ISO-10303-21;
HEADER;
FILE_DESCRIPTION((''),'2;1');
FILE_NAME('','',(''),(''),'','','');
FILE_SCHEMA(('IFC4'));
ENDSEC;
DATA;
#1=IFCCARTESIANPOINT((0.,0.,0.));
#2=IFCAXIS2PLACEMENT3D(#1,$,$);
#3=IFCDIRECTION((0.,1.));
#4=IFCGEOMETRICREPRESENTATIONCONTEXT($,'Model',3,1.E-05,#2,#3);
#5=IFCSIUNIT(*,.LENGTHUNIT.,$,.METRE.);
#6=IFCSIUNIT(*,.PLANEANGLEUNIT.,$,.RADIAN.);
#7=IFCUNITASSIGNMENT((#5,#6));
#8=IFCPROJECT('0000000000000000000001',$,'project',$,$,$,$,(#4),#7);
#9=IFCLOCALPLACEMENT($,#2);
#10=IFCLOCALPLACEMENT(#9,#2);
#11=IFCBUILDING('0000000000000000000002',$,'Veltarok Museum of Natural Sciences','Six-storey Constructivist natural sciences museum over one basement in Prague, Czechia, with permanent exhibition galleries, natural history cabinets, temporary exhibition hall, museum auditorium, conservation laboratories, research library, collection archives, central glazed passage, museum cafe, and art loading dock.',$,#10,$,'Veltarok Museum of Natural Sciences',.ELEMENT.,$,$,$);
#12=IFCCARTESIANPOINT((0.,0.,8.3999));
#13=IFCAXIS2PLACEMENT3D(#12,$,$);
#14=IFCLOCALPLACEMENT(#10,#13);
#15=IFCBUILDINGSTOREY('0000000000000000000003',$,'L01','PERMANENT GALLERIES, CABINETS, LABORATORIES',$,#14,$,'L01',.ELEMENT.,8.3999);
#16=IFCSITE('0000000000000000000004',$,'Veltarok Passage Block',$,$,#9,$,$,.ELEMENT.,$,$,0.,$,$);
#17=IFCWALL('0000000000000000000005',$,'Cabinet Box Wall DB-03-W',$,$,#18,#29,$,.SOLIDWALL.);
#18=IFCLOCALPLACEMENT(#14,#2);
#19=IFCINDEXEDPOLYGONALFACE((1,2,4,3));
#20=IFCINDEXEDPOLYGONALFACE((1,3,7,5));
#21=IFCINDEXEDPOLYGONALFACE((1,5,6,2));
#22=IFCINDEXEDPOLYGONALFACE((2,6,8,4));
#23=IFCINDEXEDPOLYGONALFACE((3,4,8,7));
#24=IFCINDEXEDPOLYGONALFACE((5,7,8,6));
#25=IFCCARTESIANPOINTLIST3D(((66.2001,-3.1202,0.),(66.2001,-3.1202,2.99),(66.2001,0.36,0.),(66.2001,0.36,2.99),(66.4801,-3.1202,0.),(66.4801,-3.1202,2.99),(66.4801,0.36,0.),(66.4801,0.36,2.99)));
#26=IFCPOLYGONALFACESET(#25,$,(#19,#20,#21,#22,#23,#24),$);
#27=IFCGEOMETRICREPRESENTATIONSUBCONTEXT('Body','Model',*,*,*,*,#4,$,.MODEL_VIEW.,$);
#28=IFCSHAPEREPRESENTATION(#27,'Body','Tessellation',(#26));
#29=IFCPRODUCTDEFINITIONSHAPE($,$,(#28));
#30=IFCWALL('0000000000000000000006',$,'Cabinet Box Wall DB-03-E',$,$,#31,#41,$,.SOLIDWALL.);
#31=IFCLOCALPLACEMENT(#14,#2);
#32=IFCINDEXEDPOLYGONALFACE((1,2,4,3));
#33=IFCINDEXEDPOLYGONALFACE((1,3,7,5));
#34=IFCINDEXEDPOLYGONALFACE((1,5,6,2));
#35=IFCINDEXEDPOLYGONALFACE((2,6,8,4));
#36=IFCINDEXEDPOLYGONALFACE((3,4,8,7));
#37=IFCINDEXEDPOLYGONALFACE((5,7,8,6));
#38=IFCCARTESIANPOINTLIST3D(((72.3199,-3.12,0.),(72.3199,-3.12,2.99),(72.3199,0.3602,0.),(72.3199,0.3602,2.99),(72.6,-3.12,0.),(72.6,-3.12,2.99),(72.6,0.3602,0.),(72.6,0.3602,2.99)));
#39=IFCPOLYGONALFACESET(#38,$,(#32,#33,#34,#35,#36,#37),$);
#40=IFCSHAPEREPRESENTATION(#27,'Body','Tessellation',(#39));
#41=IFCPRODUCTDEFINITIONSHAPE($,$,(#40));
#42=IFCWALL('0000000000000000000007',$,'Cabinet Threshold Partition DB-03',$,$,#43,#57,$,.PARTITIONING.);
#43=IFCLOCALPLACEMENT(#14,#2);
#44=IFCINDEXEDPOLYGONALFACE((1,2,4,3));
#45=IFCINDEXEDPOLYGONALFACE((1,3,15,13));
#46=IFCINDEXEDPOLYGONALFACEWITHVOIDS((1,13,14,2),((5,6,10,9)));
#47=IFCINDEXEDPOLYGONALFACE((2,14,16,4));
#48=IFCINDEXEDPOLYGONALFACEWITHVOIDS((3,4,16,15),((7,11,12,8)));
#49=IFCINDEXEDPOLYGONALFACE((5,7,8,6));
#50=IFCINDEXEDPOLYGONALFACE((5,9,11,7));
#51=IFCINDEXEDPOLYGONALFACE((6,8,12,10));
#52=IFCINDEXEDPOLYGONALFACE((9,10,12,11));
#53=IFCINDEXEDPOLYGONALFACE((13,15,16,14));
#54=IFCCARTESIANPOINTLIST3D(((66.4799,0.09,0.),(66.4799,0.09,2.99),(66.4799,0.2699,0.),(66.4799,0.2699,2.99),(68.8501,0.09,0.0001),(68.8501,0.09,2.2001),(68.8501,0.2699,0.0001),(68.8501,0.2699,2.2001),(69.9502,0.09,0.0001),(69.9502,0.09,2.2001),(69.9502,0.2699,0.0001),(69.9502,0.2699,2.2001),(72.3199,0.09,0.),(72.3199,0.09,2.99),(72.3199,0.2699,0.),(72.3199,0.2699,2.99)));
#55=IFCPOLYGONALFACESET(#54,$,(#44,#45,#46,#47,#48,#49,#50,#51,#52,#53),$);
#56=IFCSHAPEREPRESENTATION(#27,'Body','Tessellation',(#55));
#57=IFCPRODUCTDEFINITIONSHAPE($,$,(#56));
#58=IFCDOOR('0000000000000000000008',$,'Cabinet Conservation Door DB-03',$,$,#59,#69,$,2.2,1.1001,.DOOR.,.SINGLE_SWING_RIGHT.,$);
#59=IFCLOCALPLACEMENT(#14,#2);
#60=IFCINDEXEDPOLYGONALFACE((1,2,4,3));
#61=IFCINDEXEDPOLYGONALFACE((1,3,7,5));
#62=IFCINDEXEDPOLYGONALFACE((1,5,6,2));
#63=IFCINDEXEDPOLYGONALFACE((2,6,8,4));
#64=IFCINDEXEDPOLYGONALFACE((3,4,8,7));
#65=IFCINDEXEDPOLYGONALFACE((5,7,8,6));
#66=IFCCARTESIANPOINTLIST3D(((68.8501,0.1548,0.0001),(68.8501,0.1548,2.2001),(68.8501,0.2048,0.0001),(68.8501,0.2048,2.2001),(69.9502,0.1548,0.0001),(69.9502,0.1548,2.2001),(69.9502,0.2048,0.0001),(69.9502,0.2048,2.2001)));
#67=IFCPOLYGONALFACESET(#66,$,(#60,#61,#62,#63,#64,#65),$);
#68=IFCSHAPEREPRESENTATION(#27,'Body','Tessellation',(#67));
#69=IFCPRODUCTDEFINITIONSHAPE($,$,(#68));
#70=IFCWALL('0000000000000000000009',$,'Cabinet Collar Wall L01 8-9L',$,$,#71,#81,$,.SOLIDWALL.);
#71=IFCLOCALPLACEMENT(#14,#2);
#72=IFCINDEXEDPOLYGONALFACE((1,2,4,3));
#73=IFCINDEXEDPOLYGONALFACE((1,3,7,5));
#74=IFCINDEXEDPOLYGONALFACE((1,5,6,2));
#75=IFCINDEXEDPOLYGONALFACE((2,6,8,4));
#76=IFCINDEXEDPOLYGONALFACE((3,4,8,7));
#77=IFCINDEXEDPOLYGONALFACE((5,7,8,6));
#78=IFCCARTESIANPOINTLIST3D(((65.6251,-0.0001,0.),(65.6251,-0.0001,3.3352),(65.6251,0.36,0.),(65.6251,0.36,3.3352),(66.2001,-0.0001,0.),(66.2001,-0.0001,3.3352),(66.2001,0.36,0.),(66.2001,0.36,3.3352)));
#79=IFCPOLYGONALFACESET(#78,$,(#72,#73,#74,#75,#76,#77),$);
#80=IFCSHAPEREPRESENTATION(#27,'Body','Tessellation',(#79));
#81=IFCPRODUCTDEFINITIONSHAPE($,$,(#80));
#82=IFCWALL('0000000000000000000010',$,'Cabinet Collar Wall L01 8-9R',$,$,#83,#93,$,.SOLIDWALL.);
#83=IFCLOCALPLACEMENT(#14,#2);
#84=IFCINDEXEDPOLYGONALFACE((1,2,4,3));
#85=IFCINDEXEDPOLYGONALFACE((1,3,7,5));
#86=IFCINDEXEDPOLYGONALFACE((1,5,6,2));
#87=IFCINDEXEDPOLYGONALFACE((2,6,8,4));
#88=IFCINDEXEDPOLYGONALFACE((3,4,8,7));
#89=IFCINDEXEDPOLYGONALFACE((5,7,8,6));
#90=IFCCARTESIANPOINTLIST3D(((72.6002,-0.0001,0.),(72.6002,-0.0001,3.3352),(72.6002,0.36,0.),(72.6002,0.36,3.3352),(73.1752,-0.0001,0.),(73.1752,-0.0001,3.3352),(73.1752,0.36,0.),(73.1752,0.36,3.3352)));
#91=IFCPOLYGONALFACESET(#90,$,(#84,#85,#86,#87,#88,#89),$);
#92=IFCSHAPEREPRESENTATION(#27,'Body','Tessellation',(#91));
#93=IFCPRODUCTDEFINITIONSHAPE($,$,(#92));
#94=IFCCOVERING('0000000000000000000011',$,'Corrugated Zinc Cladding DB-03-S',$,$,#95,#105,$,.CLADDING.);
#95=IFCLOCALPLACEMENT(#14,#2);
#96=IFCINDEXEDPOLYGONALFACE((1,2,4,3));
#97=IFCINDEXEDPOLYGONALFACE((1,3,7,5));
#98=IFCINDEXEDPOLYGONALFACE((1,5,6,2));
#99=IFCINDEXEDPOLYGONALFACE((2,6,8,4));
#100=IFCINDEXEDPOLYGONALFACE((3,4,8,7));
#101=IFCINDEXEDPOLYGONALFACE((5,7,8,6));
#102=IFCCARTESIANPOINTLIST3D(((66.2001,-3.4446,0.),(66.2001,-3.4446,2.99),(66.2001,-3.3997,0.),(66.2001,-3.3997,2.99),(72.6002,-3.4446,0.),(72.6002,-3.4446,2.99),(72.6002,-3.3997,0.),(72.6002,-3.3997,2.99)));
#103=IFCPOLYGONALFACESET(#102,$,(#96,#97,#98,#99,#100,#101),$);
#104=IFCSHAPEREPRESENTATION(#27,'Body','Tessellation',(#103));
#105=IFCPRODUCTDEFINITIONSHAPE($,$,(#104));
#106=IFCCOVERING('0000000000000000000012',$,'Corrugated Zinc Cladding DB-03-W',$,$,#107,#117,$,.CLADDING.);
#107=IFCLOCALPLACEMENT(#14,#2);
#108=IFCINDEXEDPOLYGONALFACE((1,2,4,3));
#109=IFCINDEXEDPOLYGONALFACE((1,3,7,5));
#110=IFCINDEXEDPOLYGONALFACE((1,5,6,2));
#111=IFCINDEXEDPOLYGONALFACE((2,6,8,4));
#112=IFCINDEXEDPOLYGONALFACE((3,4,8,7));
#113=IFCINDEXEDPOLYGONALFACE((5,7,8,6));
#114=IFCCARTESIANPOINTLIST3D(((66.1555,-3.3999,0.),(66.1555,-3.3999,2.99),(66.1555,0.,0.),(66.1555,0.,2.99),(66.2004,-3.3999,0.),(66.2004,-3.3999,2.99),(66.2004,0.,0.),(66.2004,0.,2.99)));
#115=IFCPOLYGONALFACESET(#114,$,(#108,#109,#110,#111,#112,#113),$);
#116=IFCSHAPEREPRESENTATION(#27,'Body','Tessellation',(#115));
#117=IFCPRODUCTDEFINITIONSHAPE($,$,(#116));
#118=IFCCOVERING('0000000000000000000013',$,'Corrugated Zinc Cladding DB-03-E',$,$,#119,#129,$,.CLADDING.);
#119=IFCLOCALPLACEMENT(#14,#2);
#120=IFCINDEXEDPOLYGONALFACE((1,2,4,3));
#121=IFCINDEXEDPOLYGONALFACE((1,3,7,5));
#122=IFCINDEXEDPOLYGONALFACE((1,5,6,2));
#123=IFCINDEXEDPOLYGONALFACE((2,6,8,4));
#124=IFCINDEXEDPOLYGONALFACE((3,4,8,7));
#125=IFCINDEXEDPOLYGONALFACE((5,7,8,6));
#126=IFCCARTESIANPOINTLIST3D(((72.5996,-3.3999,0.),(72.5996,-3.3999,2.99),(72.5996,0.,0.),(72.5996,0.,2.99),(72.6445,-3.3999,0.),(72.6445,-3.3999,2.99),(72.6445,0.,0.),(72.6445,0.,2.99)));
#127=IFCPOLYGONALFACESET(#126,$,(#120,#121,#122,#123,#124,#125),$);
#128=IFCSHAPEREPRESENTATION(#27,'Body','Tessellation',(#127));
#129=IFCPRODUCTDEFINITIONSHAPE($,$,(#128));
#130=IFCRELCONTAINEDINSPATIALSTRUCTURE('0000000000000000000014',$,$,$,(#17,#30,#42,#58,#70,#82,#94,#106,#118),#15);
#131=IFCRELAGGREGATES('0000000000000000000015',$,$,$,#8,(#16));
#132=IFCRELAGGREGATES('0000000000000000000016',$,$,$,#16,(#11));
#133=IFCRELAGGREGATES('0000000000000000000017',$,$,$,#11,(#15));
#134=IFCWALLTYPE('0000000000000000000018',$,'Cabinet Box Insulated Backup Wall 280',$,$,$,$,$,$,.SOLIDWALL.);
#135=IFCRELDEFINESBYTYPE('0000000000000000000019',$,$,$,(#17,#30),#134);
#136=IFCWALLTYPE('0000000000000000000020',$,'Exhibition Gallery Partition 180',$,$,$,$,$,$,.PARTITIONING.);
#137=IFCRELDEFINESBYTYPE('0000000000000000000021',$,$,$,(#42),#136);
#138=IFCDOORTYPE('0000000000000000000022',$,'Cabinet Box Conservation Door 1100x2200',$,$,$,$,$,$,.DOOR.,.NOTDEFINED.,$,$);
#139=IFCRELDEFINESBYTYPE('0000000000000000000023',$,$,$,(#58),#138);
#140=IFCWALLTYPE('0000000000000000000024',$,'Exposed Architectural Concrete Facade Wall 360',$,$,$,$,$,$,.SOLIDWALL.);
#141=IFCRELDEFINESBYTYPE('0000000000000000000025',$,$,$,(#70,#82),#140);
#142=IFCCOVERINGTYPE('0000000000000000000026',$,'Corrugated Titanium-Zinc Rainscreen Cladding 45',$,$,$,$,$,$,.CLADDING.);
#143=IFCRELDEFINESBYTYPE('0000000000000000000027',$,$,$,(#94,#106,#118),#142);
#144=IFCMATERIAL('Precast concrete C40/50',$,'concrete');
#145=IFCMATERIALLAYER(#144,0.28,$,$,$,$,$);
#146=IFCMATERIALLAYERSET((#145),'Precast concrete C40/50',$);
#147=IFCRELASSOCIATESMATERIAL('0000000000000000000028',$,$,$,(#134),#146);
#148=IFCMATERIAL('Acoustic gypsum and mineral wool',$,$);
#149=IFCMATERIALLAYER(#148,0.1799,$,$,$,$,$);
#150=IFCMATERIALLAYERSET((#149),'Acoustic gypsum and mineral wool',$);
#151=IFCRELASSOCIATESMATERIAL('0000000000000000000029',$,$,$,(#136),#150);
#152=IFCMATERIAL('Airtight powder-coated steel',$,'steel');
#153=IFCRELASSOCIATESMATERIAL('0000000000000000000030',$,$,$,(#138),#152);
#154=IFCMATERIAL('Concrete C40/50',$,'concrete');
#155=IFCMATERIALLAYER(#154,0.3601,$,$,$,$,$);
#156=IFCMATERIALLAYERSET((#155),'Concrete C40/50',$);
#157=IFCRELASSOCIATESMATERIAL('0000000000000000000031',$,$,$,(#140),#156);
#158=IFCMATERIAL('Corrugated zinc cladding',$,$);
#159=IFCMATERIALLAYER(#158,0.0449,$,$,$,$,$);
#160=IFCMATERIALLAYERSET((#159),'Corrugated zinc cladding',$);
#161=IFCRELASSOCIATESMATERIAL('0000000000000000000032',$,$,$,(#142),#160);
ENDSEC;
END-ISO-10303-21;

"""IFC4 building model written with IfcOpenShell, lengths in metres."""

from ifc_helpers import new_model, si_unit, direction, frame, frame_2d, origin, place, context, subcontext, project, spatial, rectangle, extrude, material, layer, layer_set, type_object, element, fill, save


model = new_model("IFC4")

# Units and contexts
model_context = context("Model", 3, precision=1e-05, world=origin(), true_north=direction((0.0, 1.0)))
body_context = subcontext(model_context, "Body", "Model", "MODEL_VIEW")
ifc_project = project(units=[si_unit("LENGTHUNIT", "METRE"), si_unit("PLANEANGLEUNIT", "RADIAN")], contexts=[model_context])

# Site, building, storey
site_placement = place(None, origin())
site = spatial("IfcSite", under=ifc_project, at=site_placement, Name="Veltarok Passage Block", CompositionType="ELEMENT", RefElevation=0.0)
building_placement = place(site_placement, origin())
building = spatial("IfcBuilding", under=site, at=building_placement, Name="Veltarok Museum of Natural Sciences", Description="Six-storey Constructivist natural sciences museum over one basement in Prague, Czechia, with permanent exhibition galleries, natural history cabinets, temporary exhibition hall, museum auditorium, conservation laboratories, research library, collection archives, central glazed passage, museum cafe, and art loading dock.", LongName="Veltarok Museum of Natural Sciences", CompositionType="ELEMENT")
storey_placement = place(building_placement, frame((0.0, 0.0, 8.3999)))
storey = spatial("IfcBuildingStorey", under=building, at=storey_placement, Name="L01", Description="PERMANENT GALLERIES, CABINETS, LABORATORIES", LongName="L01", CompositionType="ELEMENT", Elevation=8.3999)

# Shared definitions
ifc_material_1 = material(Name="Concrete C40/50", Category="concrete")

# Walls
ifc_material_2 = material(Name="Precast concrete C40/50", Category="concrete")
ifc_layer_1 = layer(ifc_material_2, 0.28)
ifc_layer_set_1 = layer_set([ifc_layer_1], Name="Precast concrete C40/50")
wall_type_1 = type_object("IfcWallType", Name="Cabinet Box Insulated Backup Wall 280", PredefinedType="SOLIDWALL", material=ifc_layer_set_1)
for number, where, z_axis, x_axis, name in (
    (1, (66.3401, 0.3601, 0.0), (0.0, 0.0, 1.0), (0.0, -1.0, 0.0), "Cabinet Box Wall DB-03-W"),
    (2, (72.46, -3.1201, 0.0), (0.0, 0.0, 1.0), (0.0, 1.0, 0.0), "Cabinet Box Wall DB-03-E"),
):
    element("IfcWall", number, at=place(storey_placement, frame(where, z_axis=z_axis, x_axis=x_axis)), inside=storey, type_object=wall_type_1, Name=name, PredefinedType="SOLIDWALL", context=body_context, shape_type="SweptSolid", body=[
        extrude(rectangle(XDim=3.4802, YDim=0.28, at=frame_2d((1.7402, 0.0))), origin(), (0.0, 0.0, 1.0), 2.99),
    ])

# Wall, opening, door
ifc_material_3 = material(Name="Acoustic gypsum and mineral wool")
ifc_layer_2 = layer(ifc_material_3, 0.1799)
ifc_layer_set_2 = layer_set([ifc_layer_2], Name="Acoustic gypsum and mineral wool")
wall_type_2 = type_object("IfcWallType", Name="Exhibition Gallery Partition 180", PredefinedType="PARTITIONING", material=ifc_layer_set_2)
wall_1_placement = place(storey_placement, frame((66.48, 0.1799, 0.0), z_axis=(0.0, 0.0, 1.0), x_axis=(1.0, 0.0, 0.0)))
wall_1 = element("IfcWall", 3, at=wall_1_placement, inside=storey, type_object=wall_type_2, Name="Cabinet Threshold Partition DB-03", PredefinedType="PARTITIONING", context=body_context, shape_type="SweptSolid", body=[
    extrude(rectangle(XDim=5.8401, YDim=0.1799, at=frame_2d((2.9199, 0.0))), origin(), (0.0, 0.0, 1.0), 2.99),
])
opening_placement = place(wall_1_placement, frame((2.3701, 0.0, 0.0)))
opening = element("IfcOpeningElement", 4, at=opening_placement, cuts=wall_1, PredefinedType="OPENING", context=body_context, shape_type="SweptSolid", body=[
    extrude(rectangle(XDim=1.1001, YDim=2.2, at=frame_2d((0.55, 1.1001))), frame((0.0, 0.1001, 0.0), z_axis=(0.0, -1.0, 0.0), x_axis=(1.0, 0.0, 0.0)), (0.0, 0.0, 1.0), 0.2),
])
ifc_material_4 = material(Name="Airtight powder-coated steel", Category="steel")
door_type = type_object("IfcDoorType", Name="Cabinet Box Conservation Door 1100x2200", OperationType="NOTDEFINED", PredefinedType="DOOR", material=ifc_material_4)
door_placement = place(opening_placement, origin())
door = element("IfcDoor", 5, at=door_placement, inside=storey, type_object=door_type, Name="Cabinet Conservation Door DB-03", OperationType="SINGLE_SWING_RIGHT", OverallHeight=2.2, OverallWidth=1.1001, PredefinedType="DOOR", context=body_context, shape_type="SweptSolid", body=[
    extrude(rectangle(XDim=1.1001, YDim=2.2, at=frame_2d((0.55, 1.1001))), frame((0.0, 0.0249, 0.0), z_axis=(0.0, -1.0, 0.0), x_axis=(1.0, 0.0, 0.0)), (0.0, 0.0, 1.0), 0.05),
])
fill(opening, door)

# Walls
ifc_layer_3 = layer(ifc_material_1, 0.3601)
ifc_layer_set_3 = layer_set([ifc_layer_3], Name="Concrete C40/50")
wall_type_3 = type_object("IfcWallType", Name="Exposed Architectural Concrete Facade Wall 360", PredefinedType="SOLIDWALL", material=ifc_layer_set_3)
for number, where, z_axis, x_axis, name in (
    (6, (65.625, 0.1799, 0.0), (0.0, 0.0, 1.0), (1.0, 0.0, 0.0), "Cabinet Collar Wall L01 8-9L"),
    (7, (72.6001, 0.1799, 0.0), (0.0, 0.0, 1.0), (1.0, 0.0, 0.0), "Cabinet Collar Wall L01 8-9R"),
):
    element("IfcWall", number, at=place(storey_placement, frame(where, z_axis=z_axis, x_axis=x_axis)), inside=storey, type_object=wall_type_3, Name=name, PredefinedType="SOLIDWALL", context=body_context, shape_type="SweptSolid", body=[
        extrude(rectangle(XDim=0.575, YDim=0.3601, at=frame_2d((0.2876, 0.0))), origin(), (0.0, 0.0, 1.0), 3.3352),
    ])

# Coverings
ifc_material_5 = material(Name="Corrugated zinc cladding")
ifc_layer_4 = layer(ifc_material_5, 0.0449)
ifc_layer_set_4 = layer_set([ifc_layer_4], Name="Corrugated zinc cladding")
covering_type = type_object("IfcCoveringType", Name="Corrugated Titanium-Zinc Rainscreen Cladding 45", PredefinedType="CLADDING", material=ifc_layer_set_4)
covering_placement = place(storey_placement, frame((66.2, -3.4221, 0.0), z_axis=(0.0, 0.0, 1.0), x_axis=(1.0, 0.0, 0.0)))
element("IfcCovering", 8, at=covering_placement, inside=storey, type_object=covering_type, Name="Corrugated Zinc Cladding DB-03-S", PredefinedType="CLADDING", context=body_context, shape_type="SweptSolid", body=[
    extrude(rectangle(XDim=6.4001, YDim=0.0449, at=frame_2d((3.2002, 0.0))), origin(), (0.0, 0.0, 1.0), 2.99),
])
for number, where, z_axis, x_axis, name in (
    (9, (66.178, 0.0, 0.0), (0.0, 0.0, 1.0), (0.0, -1.0, 0.0), "Corrugated Zinc Cladding DB-03-W"),
    (10, (72.6221, -3.3999, 0.0), (0.0, 0.0, 1.0), (0.0, 1.0, 0.0), "Corrugated Zinc Cladding DB-03-E"),
):
    element("IfcCovering", number, at=place(storey_placement, frame(where, z_axis=z_axis, x_axis=x_axis)), inside=storey, type_object=covering_type, Name=name, PredefinedType="CLADDING", context=body_context, shape_type="SweptSolid", body=[
        extrude(rectangle(XDim=3.3999, YDim=0.0449, at=frame_2d((1.7, 0.0))), origin(), (0.0, 0.0, 1.0), 2.99),
    ])

save(model, "model.ifc")
